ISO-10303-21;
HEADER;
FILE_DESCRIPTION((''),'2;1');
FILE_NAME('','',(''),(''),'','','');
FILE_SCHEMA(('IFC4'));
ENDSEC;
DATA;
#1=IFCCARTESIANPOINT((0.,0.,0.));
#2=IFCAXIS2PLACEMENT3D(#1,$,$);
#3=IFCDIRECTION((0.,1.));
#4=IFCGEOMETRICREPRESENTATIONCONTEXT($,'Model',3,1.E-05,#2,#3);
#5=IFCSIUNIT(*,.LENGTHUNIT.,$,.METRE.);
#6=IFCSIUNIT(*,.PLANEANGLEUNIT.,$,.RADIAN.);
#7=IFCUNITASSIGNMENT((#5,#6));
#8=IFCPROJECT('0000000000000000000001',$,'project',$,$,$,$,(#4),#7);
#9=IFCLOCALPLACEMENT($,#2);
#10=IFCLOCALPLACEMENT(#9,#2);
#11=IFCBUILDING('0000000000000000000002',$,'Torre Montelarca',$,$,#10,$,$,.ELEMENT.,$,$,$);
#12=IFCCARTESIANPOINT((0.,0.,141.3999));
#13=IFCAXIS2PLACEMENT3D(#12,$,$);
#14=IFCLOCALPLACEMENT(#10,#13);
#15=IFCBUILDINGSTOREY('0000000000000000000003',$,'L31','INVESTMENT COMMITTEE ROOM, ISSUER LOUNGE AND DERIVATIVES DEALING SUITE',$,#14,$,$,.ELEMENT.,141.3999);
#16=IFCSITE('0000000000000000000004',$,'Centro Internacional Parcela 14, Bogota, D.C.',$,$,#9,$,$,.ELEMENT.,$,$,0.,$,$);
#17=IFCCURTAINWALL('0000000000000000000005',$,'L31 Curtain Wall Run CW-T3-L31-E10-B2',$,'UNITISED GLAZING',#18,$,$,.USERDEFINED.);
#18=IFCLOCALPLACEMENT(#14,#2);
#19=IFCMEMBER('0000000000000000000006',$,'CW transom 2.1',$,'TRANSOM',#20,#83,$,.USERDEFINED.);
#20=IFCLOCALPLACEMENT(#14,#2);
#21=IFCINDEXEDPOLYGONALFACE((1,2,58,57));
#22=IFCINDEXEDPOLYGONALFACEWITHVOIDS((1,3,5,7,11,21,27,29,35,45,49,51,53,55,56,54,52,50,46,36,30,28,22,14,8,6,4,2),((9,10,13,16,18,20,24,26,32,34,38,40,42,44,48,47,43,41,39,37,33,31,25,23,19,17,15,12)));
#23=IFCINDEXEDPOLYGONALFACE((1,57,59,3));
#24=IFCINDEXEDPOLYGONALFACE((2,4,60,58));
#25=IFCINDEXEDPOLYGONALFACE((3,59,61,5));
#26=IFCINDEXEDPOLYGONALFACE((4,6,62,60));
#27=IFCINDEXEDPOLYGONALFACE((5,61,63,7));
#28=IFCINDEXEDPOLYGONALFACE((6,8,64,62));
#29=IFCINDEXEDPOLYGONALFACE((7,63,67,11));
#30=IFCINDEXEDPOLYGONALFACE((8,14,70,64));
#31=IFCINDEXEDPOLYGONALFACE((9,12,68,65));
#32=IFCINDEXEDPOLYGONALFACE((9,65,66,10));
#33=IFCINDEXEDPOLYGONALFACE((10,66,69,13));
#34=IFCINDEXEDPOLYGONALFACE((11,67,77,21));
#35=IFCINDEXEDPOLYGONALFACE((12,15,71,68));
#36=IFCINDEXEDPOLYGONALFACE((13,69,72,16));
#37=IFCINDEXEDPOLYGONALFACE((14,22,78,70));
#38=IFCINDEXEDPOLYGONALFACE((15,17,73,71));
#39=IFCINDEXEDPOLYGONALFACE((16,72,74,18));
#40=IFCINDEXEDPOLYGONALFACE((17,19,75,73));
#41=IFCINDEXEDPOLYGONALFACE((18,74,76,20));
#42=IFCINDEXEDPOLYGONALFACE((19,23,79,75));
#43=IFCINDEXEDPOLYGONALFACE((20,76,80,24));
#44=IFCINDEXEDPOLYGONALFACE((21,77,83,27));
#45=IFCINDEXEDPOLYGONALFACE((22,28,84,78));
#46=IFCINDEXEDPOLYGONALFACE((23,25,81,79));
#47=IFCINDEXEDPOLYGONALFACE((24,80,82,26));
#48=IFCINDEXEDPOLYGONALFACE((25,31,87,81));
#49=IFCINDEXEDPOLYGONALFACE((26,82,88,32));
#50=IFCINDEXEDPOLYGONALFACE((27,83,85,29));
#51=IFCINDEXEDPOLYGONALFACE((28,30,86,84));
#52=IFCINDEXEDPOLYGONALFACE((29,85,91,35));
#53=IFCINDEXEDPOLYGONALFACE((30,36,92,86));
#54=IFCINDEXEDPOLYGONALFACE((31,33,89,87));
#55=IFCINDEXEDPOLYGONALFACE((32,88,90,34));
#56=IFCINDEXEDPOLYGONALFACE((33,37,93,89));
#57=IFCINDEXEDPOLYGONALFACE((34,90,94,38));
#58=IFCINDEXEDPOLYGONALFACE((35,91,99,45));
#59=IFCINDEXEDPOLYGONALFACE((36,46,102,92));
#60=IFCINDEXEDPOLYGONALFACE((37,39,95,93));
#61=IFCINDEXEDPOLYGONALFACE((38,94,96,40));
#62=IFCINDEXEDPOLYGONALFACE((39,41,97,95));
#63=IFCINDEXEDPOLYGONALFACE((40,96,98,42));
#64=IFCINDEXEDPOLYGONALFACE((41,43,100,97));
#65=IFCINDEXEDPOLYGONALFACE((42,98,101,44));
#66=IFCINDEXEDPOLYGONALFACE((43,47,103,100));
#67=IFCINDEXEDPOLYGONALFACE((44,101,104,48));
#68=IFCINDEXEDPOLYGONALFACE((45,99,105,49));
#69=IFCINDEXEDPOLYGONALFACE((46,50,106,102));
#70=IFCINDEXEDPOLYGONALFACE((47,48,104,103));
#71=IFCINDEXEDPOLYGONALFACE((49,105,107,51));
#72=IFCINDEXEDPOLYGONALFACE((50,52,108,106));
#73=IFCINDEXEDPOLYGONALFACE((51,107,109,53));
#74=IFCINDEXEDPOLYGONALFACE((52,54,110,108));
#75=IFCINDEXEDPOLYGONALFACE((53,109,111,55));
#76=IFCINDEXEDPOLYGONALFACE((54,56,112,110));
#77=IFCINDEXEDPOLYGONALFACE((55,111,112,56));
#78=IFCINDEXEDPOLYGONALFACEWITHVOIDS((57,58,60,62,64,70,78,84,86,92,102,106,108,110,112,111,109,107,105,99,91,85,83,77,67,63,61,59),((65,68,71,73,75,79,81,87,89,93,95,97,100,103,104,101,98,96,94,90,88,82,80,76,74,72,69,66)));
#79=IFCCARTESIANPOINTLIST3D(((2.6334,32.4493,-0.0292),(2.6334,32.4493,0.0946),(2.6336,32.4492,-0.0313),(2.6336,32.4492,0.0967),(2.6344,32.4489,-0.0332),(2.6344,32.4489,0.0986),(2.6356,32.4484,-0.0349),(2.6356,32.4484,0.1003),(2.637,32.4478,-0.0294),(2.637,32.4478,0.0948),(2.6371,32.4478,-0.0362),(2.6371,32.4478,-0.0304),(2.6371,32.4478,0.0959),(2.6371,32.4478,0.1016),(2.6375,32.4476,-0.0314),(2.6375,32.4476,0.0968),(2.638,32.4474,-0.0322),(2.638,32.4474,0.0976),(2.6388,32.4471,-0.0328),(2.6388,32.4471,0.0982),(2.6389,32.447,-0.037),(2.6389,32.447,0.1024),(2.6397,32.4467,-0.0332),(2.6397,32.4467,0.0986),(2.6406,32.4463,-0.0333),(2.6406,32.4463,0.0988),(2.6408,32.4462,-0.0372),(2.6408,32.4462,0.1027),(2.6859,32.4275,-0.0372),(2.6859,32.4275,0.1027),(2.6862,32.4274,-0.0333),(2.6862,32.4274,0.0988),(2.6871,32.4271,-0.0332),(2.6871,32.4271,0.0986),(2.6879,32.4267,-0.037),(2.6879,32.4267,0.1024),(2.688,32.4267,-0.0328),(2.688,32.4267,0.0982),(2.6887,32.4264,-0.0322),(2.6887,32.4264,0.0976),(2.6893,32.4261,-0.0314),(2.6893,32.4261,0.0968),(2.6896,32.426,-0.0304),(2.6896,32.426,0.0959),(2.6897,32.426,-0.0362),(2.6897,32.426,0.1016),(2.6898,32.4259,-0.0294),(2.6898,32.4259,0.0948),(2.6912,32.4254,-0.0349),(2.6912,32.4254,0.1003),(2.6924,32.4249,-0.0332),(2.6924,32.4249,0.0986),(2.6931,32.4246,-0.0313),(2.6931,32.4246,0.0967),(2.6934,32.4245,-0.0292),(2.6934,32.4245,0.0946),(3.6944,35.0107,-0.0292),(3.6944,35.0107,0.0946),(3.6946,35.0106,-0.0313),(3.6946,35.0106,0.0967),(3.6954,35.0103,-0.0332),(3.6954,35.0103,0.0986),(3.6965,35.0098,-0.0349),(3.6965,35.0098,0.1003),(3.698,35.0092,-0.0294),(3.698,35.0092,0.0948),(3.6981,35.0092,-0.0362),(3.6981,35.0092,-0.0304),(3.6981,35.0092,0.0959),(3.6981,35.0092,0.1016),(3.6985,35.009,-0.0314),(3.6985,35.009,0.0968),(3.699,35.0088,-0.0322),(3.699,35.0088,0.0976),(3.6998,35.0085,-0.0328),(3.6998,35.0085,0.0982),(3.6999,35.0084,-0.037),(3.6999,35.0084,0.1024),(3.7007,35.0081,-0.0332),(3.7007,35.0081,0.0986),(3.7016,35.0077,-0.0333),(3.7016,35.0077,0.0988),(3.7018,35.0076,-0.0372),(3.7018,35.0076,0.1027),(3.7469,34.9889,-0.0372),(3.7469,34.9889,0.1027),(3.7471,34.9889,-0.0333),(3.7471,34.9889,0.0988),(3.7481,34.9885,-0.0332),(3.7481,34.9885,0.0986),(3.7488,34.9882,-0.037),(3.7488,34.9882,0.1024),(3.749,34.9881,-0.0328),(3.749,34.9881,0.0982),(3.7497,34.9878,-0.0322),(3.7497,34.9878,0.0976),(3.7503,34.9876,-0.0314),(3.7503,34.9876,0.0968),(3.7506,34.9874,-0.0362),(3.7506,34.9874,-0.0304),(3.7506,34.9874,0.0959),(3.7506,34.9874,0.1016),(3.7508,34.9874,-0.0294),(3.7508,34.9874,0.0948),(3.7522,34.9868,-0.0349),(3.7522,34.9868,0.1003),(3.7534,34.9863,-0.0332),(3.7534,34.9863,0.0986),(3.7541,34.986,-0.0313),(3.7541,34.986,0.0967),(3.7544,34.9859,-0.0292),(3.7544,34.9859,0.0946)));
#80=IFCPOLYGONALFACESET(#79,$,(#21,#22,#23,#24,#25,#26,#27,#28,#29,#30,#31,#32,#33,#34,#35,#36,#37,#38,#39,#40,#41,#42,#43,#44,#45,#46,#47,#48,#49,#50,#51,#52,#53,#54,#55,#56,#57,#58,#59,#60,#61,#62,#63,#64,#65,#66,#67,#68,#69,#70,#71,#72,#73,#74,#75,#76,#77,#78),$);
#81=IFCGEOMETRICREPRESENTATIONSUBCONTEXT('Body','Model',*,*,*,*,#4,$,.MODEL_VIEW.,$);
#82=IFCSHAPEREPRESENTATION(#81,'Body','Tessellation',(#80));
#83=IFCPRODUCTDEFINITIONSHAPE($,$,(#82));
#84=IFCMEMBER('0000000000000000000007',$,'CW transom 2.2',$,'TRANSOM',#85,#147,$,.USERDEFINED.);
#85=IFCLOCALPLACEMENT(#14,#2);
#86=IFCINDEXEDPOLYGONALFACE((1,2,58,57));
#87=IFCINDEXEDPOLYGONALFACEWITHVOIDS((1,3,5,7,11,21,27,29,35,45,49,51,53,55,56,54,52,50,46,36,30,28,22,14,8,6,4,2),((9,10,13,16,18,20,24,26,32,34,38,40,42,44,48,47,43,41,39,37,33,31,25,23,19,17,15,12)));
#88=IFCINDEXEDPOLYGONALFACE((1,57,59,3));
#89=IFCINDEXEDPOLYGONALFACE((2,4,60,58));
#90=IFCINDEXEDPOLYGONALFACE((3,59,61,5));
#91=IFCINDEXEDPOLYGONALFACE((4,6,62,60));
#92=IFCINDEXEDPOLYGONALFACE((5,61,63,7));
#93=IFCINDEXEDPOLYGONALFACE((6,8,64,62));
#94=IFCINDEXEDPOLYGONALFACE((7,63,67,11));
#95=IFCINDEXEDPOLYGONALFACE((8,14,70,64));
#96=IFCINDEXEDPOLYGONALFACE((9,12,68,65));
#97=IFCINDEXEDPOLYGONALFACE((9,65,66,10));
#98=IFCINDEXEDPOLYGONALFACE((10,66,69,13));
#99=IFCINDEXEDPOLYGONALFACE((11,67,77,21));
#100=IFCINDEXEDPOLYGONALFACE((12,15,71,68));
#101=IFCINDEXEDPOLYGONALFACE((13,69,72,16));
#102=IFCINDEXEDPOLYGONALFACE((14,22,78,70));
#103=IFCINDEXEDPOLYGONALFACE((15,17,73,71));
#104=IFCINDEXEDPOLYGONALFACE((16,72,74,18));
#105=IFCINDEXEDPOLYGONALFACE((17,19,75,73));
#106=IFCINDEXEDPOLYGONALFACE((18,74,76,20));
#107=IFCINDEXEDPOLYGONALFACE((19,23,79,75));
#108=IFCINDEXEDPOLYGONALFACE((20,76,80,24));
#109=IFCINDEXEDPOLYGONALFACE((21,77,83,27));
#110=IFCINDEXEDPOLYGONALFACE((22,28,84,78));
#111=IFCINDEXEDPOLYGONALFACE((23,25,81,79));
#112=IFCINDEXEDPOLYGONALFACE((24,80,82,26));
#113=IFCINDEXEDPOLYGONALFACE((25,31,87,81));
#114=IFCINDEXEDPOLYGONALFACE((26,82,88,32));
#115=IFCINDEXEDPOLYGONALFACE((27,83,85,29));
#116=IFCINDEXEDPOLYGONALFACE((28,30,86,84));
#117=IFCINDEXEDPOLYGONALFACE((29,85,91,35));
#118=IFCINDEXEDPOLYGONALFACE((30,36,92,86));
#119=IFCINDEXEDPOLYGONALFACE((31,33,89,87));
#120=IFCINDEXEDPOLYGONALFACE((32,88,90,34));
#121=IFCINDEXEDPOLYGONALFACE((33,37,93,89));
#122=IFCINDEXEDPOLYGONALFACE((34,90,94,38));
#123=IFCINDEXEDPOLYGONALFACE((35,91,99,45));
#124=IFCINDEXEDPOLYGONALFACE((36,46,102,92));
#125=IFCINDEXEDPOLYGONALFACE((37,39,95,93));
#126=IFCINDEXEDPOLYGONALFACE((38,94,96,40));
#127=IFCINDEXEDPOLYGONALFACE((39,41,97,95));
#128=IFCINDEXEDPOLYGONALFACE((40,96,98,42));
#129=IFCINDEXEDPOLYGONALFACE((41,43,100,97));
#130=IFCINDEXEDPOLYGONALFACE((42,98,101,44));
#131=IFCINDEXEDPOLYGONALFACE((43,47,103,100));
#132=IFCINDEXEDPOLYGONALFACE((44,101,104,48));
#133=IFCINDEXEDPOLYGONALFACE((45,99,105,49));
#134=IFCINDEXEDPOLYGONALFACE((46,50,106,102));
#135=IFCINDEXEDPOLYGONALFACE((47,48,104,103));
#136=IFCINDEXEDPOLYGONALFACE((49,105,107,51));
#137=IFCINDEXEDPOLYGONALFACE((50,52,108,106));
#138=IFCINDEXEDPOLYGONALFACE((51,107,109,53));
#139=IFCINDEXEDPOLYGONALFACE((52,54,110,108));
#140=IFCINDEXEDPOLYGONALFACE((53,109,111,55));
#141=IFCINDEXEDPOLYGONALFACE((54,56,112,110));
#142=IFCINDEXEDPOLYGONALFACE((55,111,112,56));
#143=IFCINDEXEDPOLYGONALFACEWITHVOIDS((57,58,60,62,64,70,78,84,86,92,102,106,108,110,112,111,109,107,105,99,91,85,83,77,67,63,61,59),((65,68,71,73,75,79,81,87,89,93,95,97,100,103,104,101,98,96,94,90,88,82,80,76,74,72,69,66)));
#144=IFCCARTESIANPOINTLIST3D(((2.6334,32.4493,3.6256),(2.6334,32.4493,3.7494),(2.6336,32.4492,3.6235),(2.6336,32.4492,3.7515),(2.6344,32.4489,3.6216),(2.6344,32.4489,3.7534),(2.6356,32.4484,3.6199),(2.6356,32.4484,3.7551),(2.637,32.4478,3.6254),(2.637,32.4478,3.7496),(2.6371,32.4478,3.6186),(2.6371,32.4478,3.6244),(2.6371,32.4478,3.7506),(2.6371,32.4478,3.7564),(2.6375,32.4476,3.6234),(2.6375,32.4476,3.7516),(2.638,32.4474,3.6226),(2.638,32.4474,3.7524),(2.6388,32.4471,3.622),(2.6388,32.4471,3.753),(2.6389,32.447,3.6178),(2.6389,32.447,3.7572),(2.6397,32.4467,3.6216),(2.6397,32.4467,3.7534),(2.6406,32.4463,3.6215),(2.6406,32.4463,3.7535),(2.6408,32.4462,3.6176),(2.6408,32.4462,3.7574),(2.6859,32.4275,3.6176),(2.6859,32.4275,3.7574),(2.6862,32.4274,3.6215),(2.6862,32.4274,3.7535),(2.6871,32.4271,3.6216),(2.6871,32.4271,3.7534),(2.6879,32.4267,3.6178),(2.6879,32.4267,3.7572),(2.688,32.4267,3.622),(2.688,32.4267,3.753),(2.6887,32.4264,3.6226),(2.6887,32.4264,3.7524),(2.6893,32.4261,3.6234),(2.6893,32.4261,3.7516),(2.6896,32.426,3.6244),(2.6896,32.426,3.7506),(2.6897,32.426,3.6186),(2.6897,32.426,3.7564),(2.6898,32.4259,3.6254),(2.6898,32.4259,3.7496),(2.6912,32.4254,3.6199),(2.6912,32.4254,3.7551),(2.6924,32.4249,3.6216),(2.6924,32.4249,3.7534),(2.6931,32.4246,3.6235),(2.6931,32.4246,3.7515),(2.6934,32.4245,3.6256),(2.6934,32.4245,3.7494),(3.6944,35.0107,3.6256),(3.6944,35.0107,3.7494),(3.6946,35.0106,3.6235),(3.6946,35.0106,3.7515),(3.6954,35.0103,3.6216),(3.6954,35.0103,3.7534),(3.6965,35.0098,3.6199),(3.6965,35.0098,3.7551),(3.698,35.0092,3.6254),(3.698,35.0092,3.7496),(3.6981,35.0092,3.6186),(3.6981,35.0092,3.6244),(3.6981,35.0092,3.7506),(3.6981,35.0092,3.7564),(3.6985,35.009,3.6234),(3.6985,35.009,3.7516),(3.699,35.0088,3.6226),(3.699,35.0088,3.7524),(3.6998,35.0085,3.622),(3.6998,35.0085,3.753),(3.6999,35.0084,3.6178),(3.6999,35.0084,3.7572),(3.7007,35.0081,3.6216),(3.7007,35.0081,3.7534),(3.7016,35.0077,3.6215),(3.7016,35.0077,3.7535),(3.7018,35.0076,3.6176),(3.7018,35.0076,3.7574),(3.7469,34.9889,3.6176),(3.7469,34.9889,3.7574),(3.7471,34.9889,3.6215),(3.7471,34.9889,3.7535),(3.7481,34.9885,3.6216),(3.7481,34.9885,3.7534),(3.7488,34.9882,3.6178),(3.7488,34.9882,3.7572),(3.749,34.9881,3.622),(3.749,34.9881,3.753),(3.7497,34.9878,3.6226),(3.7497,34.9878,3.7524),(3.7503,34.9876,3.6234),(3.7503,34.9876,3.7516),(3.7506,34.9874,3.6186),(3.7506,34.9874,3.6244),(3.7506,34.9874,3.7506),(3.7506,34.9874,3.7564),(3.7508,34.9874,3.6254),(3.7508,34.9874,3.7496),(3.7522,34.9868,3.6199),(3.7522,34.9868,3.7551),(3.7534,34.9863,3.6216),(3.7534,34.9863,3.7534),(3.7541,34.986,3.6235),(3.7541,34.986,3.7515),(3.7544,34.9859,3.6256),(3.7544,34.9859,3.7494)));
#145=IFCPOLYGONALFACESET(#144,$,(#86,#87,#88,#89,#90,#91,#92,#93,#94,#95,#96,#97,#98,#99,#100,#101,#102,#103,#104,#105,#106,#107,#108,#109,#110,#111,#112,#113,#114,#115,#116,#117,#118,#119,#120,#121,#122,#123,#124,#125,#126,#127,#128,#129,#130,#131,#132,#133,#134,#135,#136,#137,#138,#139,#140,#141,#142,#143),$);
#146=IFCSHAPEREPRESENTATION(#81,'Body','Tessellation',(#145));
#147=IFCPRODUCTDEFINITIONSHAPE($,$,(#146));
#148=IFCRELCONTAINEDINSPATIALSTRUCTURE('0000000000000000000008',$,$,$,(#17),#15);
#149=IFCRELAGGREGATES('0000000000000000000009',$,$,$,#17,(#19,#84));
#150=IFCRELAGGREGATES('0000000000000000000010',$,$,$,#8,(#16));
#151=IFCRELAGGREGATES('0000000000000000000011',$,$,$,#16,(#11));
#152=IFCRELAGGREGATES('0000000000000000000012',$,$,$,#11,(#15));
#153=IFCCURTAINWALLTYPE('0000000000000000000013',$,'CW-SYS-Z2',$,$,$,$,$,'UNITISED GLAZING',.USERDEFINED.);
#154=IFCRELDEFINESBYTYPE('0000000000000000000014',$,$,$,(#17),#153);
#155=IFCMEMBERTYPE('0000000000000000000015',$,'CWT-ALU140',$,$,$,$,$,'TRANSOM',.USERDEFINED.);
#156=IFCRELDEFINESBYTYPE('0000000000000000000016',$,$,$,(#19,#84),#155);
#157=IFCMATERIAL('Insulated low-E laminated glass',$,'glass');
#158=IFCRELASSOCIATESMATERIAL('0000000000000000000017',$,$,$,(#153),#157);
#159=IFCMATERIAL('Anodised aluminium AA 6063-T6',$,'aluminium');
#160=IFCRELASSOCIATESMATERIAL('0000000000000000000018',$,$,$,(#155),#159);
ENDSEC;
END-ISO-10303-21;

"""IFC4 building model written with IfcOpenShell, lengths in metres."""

from ifc_helpers import new_model, si_unit, direction, frame, origin, origin_2d, place, context, subcontext, project, spatial, hollow_rectangle, extrude, source, transform, mapped, material, material_profile, profile_set, type_object, element, aggregate, save


model = new_model("IFC4")

# Units and contexts
model_context = context("Model", 3, precision=1e-05, world=origin(), true_north=direction((0.0, 1.0)))
body_context = subcontext(model_context, "Body", "Model", "MODEL_VIEW")
ifc_project = project(units=[si_unit("LENGTHUNIT", "METRE"), si_unit("PLANEANGLEUNIT", "RADIAN")], contexts=[model_context])

# Site, building, storey
site_placement = place(None, origin())
site = spatial("IfcSite", under=ifc_project, at=site_placement, Name="Centro Internacional Parcela 14, Bogota, D.C.", CompositionType="ELEMENT", RefElevation=0.0)
building_placement = place(site_placement, origin())
building = spatial("IfcBuilding", under=site, at=building_placement, Name="Torre Montelarca", CompositionType="ELEMENT")
storey_placement = place(building_placement, frame((0.0, 0.0, 141.3999)))
storey = spatial("IfcBuildingStorey", under=building, at=storey_placement, Name="L31", Description="INVESTMENT COMMITTEE ROOM, ISSUER LOUNGE AND DERIVATIVES DEALING SUITE", CompositionType="ELEMENT", Elevation=141.3999)

# Curtain wall, members
ifc_material_1 = material(Name="Insulated low-E laminated glass", Category="glass")
curtain_wall_type = type_object("IfcCurtainWallType", Name="CW-SYS-Z2", ElementType="UNITISED GLAZING", PredefinedType="USERDEFINED", material=ifc_material_1)
curtain_wall_1_placement = place(storey_placement, origin())
curtain_wall_1 = element("IfcCurtainWall", 1, at=curtain_wall_1_placement, inside=storey, type_object=curtain_wall_type, Name="L31 Curtain Wall Run CW-T3-L31-E10-B2", ObjectType="UNITISED GLAZING", PredefinedType="USERDEFINED")
ifc_material_2 = material(Name="Anodised aluminium AA 6063-T6", Category="aluminium")
ifc_material_profile_1 = material_profile(ifc_material_2, hollow_rectangle(XDim=0.0649, YDim=0.1399, WallThickness=0.0039, InnerFilletRadius=0.0039, OuterFilletRadius=0.0081, at=origin_2d()), Name="ALU65X140X4", Category="aluminium")
ifc_profile_set_1 = profile_set([ifc_material_profile_1], Name="Anodised aluminium AA 6063-T6")
member_type_1 = type_object("IfcMemberType", Name="CWT-ALU140", ElementType="TRANSOM", PredefinedType="USERDEFINED", material=ifc_profile_set_1)
shared_shape_1 = source(origin(), body_context, "Body", "SweptSolid", [
    extrude(hollow_rectangle(XDim=0.0649, YDim=0.1399, WallThickness=0.0039, InnerFilletRadius=0.0039, OuterFilletRadius=0.0081, at=origin_2d()), origin(), (0.0, 0.0, 1.0), 2.7725),
])
member_1_placement = place(storey_placement, frame((3.7244, 34.9983, 0.0327), z_axis=(-0.382689, -0.923877, 0.0), x_axis=(0.923877, -0.382689, 0.0)))
member_1 = element("IfcMember", 2, at=member_1_placement, type_object=member_type_1, Name="CW transom 2.1", ObjectType="TRANSOM", PredefinedType="USERDEFINED", context=body_context, shape_type="MappedRepresentation", body=[
    mapped(shared_shape_1, transform((0.0, 0.0, 0.0), scale=1.0)),
])
member_2_placement = place(storey_placement, frame((3.7244, 34.9983, 3.6875), z_axis=(-0.382689, -0.923877, 0.0), x_axis=(0.923877, -0.382689, 0.0)))
member_2 = element("IfcMember", 3, at=member_2_placement, type_object=member_type_1, Name="CW transom 2.2", ObjectType="TRANSOM", PredefinedType="USERDEFINED", context=body_context, shape_type="MappedRepresentation", body=[
    mapped(shared_shape_1, transform((0.0, 0.0, 0.0), scale=1.0)),
])

aggregate(curtain_wall_1, [member_1, member_2])

save(model, "model.ifc")
